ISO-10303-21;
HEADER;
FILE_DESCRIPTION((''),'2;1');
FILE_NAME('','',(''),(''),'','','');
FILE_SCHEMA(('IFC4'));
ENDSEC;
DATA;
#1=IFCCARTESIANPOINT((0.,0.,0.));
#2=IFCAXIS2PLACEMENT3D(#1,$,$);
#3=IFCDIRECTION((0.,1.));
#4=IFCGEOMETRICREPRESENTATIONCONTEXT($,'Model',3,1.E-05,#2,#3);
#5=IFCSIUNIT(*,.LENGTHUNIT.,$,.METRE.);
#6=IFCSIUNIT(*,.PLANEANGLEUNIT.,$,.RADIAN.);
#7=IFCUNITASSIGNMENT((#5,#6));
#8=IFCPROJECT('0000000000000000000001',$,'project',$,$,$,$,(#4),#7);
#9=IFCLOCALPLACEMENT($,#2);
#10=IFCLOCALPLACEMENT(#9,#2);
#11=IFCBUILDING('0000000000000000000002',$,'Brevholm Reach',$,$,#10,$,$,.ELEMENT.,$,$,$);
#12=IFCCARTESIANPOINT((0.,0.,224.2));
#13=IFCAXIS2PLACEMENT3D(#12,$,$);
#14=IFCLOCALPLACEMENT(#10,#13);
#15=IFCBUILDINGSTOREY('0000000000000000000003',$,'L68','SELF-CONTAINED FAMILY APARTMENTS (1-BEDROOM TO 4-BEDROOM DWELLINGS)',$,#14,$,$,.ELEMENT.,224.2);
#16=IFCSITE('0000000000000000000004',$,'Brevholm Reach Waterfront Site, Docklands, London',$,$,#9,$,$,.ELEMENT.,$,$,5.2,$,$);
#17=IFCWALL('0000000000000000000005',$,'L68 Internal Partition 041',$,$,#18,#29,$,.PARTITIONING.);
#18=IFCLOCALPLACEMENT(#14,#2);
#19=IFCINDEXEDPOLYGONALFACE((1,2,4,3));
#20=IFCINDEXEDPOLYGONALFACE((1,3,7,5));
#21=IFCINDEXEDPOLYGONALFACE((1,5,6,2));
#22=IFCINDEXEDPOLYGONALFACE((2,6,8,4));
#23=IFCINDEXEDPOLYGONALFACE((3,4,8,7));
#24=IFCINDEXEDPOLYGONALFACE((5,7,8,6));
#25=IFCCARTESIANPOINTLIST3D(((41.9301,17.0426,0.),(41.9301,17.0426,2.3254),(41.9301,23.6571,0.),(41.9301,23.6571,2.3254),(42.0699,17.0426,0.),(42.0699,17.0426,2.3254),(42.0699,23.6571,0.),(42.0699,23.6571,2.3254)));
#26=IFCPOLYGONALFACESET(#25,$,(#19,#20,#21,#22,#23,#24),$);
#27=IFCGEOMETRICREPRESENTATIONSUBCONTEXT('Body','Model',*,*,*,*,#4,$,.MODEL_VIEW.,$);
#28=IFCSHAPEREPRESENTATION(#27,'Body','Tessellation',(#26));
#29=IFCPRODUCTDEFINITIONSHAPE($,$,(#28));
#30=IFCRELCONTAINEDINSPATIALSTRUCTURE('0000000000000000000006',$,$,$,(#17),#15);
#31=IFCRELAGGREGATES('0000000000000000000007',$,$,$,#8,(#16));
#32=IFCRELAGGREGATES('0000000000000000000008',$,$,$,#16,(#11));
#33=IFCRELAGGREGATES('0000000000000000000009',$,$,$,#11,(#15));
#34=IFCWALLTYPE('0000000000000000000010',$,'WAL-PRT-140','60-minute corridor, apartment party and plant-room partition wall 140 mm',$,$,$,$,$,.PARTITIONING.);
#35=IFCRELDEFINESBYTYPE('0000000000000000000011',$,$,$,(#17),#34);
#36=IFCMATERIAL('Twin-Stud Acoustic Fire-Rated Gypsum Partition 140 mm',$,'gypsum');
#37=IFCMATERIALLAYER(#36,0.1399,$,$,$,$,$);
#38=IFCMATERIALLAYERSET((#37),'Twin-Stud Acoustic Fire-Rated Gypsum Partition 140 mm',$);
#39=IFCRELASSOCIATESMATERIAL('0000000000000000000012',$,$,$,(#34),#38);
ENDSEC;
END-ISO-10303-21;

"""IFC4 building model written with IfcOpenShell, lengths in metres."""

from ifc_helpers import new_model, si_unit, direction, frame, frame_2d, origin, place, context, subcontext, project, spatial, rectangle, extrude, material, layer, layer_set, type_object, element, save


model = new_model("IFC4")

# Units and contexts
model_context = context("Model", 3, precision=1e-05, world=origin(), true_north=direction((0.0, 1.0)))
body_context = subcontext(model_context, "Body", "Model", "MODEL_VIEW")
ifc_project = project(units=[si_unit("LENGTHUNIT", "METRE"), si_unit("PLANEANGLEUNIT", "RADIAN")], contexts=[model_context])

# Site, building, storey
site_placement = place(None, origin())
site = spatial("IfcSite", under=ifc_project, at=site_placement, Name="Brevholm Reach Waterfront Site, Docklands, London", CompositionType="ELEMENT", RefElevation=5.2)
building_placement = place(site_placement, origin())
building = spatial("IfcBuilding", under=site, at=building_placement, Name="Brevholm Reach", CompositionType="ELEMENT")
storey_placement = place(building_placement, frame((0.0, 0.0, 224.2)))
storey = spatial("IfcBuildingStorey", under=building, at=storey_placement, Name="L68", Description="SELF-CONTAINED FAMILY APARTMENTS (1-BEDROOM TO 4-BEDROOM DWELLINGS)", CompositionType="ELEMENT", Elevation=224.2)

# Wall
ifc_material_1 = material(Name="Twin-Stud Acoustic Fire-Rated Gypsum Partition 140 mm", Category="gypsum")
ifc_layer_1 = layer(ifc_material_1, 0.1399)
ifc_layer_set_1 = layer_set([ifc_layer_1], Name="Twin-Stud Acoustic Fire-Rated Gypsum Partition 140 mm")
wall_type_1 = type_object("IfcWallType", Name="WAL-PRT-140", Description="60-minute corridor, apartment party and plant-room partition wall 140 mm", PredefinedType="PARTITIONING", material=ifc_layer_set_1)
wall_1_placement = place(storey_placement, frame((42.0, 17.0427, 0.0), z_axis=(0.0, 0.0, 1.0), x_axis=(0.0, 1.0, 0.0)))
element("IfcWall", 1, at=wall_1_placement, inside=storey, type_object=wall_type_1, Name="L68 Internal Partition 041", PredefinedType="PARTITIONING", context=body_context, shape_type="SweptSolid", body=[
    extrude(rectangle(XDim=6.6145, YDim=0.1399, at=frame_2d((3.3071, 0.0))), origin(), (0.0, 0.0, 1.0), 2.3254),
])

save(model, "model.ifc")
